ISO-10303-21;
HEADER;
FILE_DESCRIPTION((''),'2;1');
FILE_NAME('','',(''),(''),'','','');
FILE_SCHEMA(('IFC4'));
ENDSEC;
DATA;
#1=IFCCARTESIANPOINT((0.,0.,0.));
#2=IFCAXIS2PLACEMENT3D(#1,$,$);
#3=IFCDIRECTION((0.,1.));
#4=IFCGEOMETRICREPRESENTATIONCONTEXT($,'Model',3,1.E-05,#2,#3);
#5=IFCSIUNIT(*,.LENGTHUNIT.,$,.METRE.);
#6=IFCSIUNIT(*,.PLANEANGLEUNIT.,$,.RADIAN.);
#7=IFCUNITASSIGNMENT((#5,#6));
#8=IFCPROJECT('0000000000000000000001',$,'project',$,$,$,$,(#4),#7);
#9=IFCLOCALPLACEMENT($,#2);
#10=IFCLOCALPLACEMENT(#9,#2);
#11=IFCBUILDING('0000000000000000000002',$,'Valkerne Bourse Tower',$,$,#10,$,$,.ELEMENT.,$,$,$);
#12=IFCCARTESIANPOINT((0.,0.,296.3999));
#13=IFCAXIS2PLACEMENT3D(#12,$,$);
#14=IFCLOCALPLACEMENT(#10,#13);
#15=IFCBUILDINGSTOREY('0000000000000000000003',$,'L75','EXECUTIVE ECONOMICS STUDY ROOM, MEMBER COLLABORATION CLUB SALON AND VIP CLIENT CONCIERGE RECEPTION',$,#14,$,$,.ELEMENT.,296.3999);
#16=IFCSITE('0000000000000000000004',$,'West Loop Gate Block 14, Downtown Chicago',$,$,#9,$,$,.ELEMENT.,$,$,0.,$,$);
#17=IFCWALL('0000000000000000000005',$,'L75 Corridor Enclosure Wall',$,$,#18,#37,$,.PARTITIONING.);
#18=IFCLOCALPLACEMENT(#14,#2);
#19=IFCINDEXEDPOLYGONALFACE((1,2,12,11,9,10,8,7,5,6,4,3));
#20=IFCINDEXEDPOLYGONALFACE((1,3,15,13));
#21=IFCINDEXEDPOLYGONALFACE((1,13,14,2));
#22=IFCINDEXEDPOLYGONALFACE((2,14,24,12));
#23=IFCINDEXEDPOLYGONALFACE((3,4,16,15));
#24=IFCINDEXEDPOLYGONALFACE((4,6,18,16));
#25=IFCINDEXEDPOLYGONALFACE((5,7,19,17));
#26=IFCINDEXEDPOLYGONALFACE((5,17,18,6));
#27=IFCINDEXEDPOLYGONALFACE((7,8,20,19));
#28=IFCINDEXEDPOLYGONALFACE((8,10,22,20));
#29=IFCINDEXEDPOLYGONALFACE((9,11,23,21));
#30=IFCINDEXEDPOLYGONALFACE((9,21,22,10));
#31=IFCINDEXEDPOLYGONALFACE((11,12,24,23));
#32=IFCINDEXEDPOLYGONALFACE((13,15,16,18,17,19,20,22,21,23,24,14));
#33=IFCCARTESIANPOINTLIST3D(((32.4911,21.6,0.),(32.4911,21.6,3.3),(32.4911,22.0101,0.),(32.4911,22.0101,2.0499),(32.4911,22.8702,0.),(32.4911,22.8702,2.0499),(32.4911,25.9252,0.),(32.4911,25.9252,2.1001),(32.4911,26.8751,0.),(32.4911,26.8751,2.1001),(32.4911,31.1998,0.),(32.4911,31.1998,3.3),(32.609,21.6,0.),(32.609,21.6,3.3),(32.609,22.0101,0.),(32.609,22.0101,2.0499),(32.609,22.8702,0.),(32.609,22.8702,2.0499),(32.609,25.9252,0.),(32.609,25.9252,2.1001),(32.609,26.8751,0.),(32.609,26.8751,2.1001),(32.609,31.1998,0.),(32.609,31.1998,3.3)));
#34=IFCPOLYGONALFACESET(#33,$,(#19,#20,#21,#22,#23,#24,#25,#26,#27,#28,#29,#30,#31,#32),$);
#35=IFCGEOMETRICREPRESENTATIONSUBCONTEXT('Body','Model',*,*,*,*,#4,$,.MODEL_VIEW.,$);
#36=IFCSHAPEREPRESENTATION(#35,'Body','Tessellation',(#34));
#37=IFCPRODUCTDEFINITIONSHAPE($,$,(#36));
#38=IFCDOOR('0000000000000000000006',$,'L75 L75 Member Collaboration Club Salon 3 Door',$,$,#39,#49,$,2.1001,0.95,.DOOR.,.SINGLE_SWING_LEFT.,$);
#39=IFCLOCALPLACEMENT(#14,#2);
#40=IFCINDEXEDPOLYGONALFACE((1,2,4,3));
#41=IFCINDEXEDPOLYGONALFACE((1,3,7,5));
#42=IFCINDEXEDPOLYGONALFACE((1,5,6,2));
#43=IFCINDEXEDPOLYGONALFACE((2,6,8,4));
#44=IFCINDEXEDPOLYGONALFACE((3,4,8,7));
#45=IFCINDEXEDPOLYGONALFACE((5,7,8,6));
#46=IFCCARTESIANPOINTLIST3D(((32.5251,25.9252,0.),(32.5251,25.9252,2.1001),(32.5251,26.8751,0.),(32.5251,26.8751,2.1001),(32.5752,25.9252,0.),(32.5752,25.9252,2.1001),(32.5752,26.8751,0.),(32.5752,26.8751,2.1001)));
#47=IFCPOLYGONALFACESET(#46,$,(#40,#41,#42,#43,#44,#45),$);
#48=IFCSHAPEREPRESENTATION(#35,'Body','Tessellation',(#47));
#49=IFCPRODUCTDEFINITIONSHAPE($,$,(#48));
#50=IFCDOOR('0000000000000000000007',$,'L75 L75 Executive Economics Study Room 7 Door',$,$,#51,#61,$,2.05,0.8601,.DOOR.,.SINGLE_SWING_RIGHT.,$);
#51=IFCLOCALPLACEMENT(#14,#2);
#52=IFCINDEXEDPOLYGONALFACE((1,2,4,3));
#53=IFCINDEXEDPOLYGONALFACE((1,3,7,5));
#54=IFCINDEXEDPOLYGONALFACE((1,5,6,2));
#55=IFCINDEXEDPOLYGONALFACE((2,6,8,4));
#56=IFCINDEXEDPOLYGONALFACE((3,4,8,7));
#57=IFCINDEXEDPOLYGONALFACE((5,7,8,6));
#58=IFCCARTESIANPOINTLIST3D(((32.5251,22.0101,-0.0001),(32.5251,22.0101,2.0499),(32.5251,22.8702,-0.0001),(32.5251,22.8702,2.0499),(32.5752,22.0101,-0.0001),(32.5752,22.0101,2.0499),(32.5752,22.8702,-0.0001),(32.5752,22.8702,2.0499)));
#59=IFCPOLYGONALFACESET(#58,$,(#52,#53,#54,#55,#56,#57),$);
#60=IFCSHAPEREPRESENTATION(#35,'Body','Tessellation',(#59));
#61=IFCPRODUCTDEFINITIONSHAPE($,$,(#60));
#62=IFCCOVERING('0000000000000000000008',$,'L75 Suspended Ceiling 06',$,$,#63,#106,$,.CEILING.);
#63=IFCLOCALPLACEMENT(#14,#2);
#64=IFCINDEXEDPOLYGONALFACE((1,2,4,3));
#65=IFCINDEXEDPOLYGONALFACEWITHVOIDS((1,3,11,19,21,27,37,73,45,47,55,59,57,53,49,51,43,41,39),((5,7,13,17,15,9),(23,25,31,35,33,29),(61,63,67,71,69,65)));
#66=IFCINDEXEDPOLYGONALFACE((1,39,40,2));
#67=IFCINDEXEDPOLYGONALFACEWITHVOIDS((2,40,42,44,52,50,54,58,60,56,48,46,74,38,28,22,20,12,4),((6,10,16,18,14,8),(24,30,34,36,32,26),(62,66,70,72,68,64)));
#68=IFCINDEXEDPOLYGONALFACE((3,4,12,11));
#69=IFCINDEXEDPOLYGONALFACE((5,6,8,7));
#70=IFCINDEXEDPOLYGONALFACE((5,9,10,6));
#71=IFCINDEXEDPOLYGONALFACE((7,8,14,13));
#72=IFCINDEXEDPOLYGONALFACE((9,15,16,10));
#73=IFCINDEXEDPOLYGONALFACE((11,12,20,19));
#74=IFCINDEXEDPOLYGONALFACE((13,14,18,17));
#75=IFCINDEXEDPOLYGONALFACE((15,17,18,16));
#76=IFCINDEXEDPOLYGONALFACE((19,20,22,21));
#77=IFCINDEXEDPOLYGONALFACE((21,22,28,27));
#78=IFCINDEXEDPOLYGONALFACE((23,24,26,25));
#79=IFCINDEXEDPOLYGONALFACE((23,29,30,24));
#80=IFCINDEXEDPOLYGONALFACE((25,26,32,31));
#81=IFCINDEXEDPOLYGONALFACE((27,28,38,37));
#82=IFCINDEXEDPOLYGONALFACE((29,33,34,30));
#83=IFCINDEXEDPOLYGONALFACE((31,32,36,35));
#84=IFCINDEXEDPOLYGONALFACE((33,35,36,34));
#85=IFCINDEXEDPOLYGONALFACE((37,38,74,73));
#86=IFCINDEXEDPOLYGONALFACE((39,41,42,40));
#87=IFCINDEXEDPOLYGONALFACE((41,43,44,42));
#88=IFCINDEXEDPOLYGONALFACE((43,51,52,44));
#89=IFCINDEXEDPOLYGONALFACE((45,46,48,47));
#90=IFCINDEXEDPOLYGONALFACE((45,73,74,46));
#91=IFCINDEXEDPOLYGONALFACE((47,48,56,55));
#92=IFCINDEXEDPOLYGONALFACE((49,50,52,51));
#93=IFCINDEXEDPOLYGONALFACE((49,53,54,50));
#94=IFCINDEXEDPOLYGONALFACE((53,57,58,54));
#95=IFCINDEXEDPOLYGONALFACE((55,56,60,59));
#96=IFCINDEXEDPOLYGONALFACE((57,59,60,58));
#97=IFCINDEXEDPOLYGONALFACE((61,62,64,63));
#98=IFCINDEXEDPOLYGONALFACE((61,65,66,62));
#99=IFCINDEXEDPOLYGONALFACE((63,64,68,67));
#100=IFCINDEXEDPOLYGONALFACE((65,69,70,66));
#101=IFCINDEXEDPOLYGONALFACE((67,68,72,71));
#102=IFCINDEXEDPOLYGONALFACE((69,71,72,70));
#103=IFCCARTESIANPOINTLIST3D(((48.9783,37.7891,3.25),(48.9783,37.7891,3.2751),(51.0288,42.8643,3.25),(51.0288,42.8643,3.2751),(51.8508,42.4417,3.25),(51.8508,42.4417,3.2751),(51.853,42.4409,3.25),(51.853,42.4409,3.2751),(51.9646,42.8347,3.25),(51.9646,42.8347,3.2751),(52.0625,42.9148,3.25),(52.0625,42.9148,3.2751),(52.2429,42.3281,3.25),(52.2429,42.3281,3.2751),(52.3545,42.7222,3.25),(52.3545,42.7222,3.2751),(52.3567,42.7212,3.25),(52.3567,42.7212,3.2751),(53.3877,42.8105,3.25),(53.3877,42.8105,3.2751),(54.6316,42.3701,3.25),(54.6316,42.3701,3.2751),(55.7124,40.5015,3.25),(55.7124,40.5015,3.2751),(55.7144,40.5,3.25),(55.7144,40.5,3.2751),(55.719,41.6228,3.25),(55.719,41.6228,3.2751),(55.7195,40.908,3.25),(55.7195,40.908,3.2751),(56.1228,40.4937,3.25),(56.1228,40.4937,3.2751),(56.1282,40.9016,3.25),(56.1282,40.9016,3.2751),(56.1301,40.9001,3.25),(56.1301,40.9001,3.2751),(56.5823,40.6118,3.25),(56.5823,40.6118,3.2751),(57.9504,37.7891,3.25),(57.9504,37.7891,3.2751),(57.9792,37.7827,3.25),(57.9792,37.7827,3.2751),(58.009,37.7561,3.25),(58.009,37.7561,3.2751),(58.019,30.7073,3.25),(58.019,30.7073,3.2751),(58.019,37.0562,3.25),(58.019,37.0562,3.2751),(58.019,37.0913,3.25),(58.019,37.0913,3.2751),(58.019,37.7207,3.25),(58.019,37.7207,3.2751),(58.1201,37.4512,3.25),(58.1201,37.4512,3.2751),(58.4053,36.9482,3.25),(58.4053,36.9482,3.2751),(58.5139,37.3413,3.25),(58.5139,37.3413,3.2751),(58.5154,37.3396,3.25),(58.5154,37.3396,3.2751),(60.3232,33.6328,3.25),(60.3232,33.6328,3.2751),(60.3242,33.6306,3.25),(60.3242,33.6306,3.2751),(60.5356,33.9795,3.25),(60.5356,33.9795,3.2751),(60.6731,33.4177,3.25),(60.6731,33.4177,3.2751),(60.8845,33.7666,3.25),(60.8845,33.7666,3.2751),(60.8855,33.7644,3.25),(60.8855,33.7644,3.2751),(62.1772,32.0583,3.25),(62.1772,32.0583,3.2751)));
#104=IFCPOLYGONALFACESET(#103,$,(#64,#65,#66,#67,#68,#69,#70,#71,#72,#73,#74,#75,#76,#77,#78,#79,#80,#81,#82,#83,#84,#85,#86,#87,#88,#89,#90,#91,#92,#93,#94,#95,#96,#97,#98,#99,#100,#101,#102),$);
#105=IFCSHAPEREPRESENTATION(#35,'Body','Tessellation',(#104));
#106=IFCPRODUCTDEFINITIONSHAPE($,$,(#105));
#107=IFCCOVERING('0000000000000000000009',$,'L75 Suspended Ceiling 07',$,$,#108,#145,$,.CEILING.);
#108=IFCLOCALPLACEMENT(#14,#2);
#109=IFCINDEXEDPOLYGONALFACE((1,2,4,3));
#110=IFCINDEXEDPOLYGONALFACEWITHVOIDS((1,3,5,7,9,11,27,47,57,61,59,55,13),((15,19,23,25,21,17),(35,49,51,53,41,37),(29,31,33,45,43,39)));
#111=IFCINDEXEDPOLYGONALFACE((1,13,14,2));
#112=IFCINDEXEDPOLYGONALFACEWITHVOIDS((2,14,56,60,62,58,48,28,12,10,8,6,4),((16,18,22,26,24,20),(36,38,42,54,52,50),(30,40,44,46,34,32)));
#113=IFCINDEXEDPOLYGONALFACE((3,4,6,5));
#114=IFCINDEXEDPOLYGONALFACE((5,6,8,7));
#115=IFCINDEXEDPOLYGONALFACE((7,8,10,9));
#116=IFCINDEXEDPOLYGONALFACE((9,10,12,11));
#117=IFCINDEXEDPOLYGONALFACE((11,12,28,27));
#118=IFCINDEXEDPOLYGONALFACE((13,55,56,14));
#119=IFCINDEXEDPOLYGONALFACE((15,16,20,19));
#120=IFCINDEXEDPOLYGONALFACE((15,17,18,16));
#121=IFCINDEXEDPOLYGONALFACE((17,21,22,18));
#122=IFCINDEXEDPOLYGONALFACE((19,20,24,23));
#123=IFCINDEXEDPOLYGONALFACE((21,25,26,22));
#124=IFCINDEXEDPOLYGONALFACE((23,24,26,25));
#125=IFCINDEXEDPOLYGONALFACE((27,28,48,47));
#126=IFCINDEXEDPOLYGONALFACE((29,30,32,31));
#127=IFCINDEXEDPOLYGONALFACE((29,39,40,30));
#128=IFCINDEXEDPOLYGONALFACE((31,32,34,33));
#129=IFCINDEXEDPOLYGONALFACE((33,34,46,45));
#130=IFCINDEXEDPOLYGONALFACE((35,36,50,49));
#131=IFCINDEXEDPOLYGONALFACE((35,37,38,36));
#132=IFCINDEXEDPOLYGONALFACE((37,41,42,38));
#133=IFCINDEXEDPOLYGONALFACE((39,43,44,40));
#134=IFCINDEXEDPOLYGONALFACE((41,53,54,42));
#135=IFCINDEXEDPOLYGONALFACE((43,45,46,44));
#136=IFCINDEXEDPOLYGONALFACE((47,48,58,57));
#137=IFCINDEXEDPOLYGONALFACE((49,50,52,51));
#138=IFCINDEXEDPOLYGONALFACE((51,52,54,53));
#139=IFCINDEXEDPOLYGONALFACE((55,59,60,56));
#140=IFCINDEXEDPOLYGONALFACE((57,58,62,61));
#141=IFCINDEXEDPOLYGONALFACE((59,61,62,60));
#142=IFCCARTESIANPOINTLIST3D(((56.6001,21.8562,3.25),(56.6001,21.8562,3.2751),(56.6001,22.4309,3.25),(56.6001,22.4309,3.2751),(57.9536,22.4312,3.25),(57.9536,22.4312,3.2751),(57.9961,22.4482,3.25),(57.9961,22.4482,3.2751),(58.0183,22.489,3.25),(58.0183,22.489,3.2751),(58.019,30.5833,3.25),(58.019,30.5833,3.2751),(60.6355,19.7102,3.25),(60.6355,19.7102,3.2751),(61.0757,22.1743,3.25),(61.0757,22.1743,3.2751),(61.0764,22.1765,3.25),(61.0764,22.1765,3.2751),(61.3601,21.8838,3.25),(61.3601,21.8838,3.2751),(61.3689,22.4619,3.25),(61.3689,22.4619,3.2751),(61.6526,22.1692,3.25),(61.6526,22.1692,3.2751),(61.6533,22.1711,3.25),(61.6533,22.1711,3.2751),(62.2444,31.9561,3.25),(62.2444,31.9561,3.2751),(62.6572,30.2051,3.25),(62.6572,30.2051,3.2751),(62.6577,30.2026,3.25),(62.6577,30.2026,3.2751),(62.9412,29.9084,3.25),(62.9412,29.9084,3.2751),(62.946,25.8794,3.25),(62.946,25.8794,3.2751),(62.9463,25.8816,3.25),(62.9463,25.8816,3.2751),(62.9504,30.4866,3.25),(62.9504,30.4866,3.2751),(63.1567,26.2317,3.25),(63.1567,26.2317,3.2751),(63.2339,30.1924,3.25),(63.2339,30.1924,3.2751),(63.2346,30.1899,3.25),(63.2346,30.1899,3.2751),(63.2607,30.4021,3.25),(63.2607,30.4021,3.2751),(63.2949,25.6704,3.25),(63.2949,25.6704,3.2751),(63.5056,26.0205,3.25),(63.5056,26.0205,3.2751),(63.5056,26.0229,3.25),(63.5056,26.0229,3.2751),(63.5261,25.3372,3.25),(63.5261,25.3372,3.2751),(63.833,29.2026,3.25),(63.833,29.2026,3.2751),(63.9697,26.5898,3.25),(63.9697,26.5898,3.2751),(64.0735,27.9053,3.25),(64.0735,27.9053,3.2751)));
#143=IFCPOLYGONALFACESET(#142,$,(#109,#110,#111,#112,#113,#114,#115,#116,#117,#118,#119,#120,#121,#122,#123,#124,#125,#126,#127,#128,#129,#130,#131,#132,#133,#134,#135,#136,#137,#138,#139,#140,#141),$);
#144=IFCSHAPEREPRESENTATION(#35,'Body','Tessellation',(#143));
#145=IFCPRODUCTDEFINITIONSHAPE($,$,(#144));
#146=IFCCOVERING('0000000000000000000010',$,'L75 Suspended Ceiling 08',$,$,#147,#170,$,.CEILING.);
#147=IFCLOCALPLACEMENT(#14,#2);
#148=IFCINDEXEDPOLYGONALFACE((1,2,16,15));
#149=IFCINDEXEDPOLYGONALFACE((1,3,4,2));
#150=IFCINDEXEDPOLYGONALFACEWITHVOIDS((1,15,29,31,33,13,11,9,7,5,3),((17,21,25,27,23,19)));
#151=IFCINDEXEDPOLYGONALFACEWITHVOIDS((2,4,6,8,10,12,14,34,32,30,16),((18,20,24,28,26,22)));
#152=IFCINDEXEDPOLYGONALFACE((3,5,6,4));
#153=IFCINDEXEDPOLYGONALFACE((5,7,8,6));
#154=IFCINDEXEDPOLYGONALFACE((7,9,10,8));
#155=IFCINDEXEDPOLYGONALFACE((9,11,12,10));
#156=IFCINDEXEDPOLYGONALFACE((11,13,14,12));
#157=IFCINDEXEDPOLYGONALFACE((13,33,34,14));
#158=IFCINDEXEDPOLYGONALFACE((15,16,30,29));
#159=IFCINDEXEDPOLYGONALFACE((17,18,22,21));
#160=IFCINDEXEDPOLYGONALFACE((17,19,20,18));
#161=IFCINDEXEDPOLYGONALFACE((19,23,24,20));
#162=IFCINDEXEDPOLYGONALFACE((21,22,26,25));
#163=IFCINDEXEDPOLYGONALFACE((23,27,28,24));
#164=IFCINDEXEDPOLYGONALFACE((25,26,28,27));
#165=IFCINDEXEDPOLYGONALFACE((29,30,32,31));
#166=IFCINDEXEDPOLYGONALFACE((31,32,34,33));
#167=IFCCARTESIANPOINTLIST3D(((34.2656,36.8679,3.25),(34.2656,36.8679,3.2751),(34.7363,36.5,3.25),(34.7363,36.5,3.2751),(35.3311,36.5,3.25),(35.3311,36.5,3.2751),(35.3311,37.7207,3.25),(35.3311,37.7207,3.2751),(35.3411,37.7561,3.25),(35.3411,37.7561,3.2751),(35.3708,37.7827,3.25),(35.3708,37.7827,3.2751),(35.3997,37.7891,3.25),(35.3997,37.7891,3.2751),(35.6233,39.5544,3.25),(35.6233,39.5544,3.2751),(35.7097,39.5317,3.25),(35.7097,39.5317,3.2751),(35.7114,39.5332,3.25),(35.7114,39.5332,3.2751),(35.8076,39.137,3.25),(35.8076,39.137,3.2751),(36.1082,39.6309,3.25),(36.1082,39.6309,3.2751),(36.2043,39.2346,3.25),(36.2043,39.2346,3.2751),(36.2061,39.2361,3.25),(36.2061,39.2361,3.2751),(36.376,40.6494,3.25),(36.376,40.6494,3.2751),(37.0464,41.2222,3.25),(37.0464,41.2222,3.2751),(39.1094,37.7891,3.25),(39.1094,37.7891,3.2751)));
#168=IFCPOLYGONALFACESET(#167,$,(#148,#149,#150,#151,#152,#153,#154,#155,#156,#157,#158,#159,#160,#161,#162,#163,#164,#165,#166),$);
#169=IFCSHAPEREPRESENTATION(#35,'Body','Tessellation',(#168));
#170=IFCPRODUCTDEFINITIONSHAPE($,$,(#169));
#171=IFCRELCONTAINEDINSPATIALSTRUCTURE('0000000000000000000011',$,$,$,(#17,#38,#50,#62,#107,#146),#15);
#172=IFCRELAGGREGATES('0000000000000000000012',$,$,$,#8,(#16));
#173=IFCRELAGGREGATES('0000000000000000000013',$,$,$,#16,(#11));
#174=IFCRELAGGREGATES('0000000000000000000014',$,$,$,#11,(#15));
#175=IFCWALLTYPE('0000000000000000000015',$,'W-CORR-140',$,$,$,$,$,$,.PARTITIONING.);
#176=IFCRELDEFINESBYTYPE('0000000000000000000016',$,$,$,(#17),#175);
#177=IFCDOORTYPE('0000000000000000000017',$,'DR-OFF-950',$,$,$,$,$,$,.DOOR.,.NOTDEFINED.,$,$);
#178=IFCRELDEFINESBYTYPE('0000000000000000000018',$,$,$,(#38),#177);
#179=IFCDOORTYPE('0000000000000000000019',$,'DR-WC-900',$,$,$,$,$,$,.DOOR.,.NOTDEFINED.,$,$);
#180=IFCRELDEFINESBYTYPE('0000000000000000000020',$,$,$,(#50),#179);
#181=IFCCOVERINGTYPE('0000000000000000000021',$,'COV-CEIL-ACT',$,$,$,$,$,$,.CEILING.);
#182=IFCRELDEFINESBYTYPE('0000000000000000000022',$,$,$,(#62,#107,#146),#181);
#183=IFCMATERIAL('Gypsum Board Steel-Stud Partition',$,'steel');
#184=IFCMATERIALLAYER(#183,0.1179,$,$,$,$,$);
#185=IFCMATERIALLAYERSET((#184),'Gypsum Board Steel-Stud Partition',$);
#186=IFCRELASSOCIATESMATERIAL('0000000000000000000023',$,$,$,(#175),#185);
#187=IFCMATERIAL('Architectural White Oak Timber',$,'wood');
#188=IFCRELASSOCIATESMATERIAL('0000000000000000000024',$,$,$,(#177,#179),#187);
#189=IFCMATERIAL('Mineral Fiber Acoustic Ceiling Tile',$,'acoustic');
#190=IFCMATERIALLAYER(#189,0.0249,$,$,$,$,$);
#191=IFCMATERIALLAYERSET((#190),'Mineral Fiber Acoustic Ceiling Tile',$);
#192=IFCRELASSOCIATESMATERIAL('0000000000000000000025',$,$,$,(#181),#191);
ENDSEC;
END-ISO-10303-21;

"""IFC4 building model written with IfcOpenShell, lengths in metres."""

from ifc_helpers import new_model, si_unit, direction, frame, frame_2d, origin, place, context, subcontext, project, spatial, polyline, rectangle, outline, extrude, material, layer, layer_set, type_object, element, fill, save


model = new_model("IFC4")

# Units and contexts
model_context = context("Model", 3, precision=1e-05, world=origin(), true_north=direction((0.0, 1.0)))
body_context = subcontext(model_context, "Body", "Model", "MODEL_VIEW")
ifc_project = project(units=[si_unit("LENGTHUNIT", "METRE"), si_unit("PLANEANGLEUNIT", "RADIAN")], contexts=[model_context])

# Site, building, storey
site_placement = place(None, origin())
site = spatial("IfcSite", under=ifc_project, at=site_placement, Name="West Loop Gate Block 14, Downtown Chicago", CompositionType="ELEMENT", RefElevation=0.0)
building_placement = place(site_placement, origin())
building = spatial("IfcBuilding", under=site, at=building_placement, Name="Valkerne Bourse Tower", CompositionType="ELEMENT")
storey_placement = place(building_placement, frame((0.0, 0.0, 296.3999)))
storey = spatial("IfcBuildingStorey", under=building, at=storey_placement, Name="L75", Description="EXECUTIVE ECONOMICS STUDY ROOM, MEMBER COLLABORATION CLUB SALON AND VIP CLIENT CONCIERGE RECEPTION", CompositionType="ELEMENT", Elevation=296.3999)

# Wall, openings, doors
ifc_material_1 = material(Name="Gypsum Board Steel-Stud Partition", Category="steel")
ifc_layer_1 = layer(ifc_material_1, 0.1179)
ifc_layer_set_1 = layer_set([ifc_layer_1], Name="Gypsum Board Steel-Stud Partition")
wall_type = type_object("IfcWallType", Name="W-CORR-140", PredefinedType="PARTITIONING", material=ifc_layer_set_1)
wall_placement = place(storey_placement, frame((32.55, 21.6001, 0.0), z_axis=(0.0, 0.0, 1.0), x_axis=(0.0, 1.0, 0.0)))
wall = element("IfcWall", 1, at=wall_placement, inside=storey, type_object=wall_type, Name="L75 Corridor Enclosure Wall", PredefinedType="PARTITIONING", context=body_context, shape_type="SweptSolid", body=[
    extrude(rectangle(XDim=9.5999, YDim=0.1179, at=frame_2d((4.7998, 0.0))), origin(), (0.0, 0.0, 1.0), 3.3),
])
opening_1_placement = place(wall_placement, frame((4.325, 0.0, 0.0)))
opening_1 = element("IfcOpeningElement", 2, at=opening_1_placement, cuts=wall, PredefinedType="OPENING", context=body_context, shape_type="SweptSolid", body=[
    extrude(rectangle(XDim=0.95, YDim=2.1001, at=frame_2d((0.4751, 1.05))), frame((0.0, 0.0688, 0.0), z_axis=(0.0, -1.0, 0.0), x_axis=(1.0, 0.0, 0.0)), (0.0, 0.0, 1.0), 0.1379),
])
opening_2_placement = place(wall_placement, frame((0.4099, 0.0, 0.0)))
opening_2 = element("IfcOpeningElement", 3, at=opening_2_placement, cuts=wall, PredefinedType="OPENING", context=body_context, shape_type="SweptSolid", body=[
    extrude(rectangle(XDim=0.8601, YDim=2.05, at=frame_2d((0.4302, 1.0249))), frame((0.0, 0.0688, 0.0), z_axis=(0.0, -1.0, 0.0), x_axis=(1.0, 0.0, 0.0)), (0.0, 0.0, 1.0), 0.1379),
])
ifc_material_2 = material(Name="Architectural White Oak Timber", Category="wood")
door_type_1 = type_object("IfcDoorType", Name="DR-OFF-950", OperationType="NOTDEFINED", PredefinedType="DOOR", material=ifc_material_2)
door_1_placement = place(opening_1_placement, origin())
door_1 = element("IfcDoor", 4, at=door_1_placement, inside=storey, type_object=door_type_1, Name="L75 L75 Member Collaboration Club Salon 3 Door", OperationType="SINGLE_SWING_LEFT", OverallHeight=2.1001, OverallWidth=0.95, PredefinedType="DOOR", context=body_context, shape_type="SweptSolid", body=[
    extrude(rectangle(XDim=0.95, YDim=2.1001, at=frame_2d((0.4751, 1.05))), frame((0.0, 0.0249, 0.0), z_axis=(0.0, -1.0, 0.0), x_axis=(1.0, 0.0, 0.0)), (0.0, 0.0, 1.0), 0.05),
])
fill(opening_1, door_1)
door_type_2 = type_object("IfcDoorType", Name="DR-WC-900", OperationType="NOTDEFINED", PredefinedType="DOOR", material=ifc_material_2)
door_2_placement = place(opening_2_placement, origin())
door_2 = element("IfcDoor", 5, at=door_2_placement, inside=storey, type_object=door_type_2, Name="L75 L75 Executive Economics Study Room 7 Door", OperationType="SINGLE_SWING_RIGHT", OverallHeight=2.05, OverallWidth=0.8601, PredefinedType="DOOR", context=body_context, shape_type="SweptSolid", body=[
    extrude(rectangle(XDim=0.8601, YDim=2.05, at=frame_2d((0.4302, 1.0249))), frame((0.0, 0.0249, 0.0), z_axis=(0.0, -1.0, 0.0), x_axis=(1.0, 0.0, 0.0)), (0.0, 0.0, 1.0), 0.05),
])
fill(opening_2, door_2)

# Coverings
ifc_material_3 = material(Name="Mineral Fiber Acoustic Ceiling Tile", Category="acoustic")
ifc_layer_2 = layer(ifc_material_3, 0.0249)
ifc_layer_set_2 = layer_set([ifc_layer_2], Name="Mineral Fiber Acoustic Ceiling Tile")
covering_type_1 = type_object("IfcCoveringType", Name="COV-CEIL-ACT", PredefinedType="CEILING", material=ifc_layer_set_2)
covering_1_placement = place(storey_placement, frame((0.0, 0.0, 3.25)))
element("IfcCovering", 6, at=covering_1_placement, inside=storey, type_object=covering_type_1, Name="L75 Suspended Ceiling 06", PredefinedType="CEILING", context=body_context, shape_type="SweptSolid", body=[
    extrude(outline(polyline([(54.6316, 42.3701), (55.719, 41.6228), (56.5823, 40.6118), (62.1772, 32.0583), (58.019, 30.7073), (58.019, 37.0562), (58.4053, 36.9482), (58.5154, 37.3396), (58.5139, 37.3413), (58.1201, 37.4512), (58.019, 37.0913), (58.019, 37.7207), (58.009, 37.7561), (57.9792, 37.7827), (57.9504, 37.7891), (48.9783, 37.7891), (51.0288, 42.8643), (52.0625, 42.9148), (53.3877, 42.8105), (54.6316, 42.3701)]), holes=[polyline([(60.8845, 33.7666), (60.5356, 33.9795), (60.3232, 33.6328), (60.3242, 33.6306), (60.6731, 33.4177), (60.8855, 33.7644), (60.8845, 33.7666)]), polyline([(56.1282, 40.9016), (55.7195, 40.908), (55.7124, 40.5015), (55.7144, 40.5), (56.1228, 40.4937), (56.1301, 40.9001), (56.1282, 40.9016)]), polyline([(52.3567, 42.7212), (52.3545, 42.7222), (51.9646, 42.8347), (51.8508, 42.4417), (51.853, 42.4409), (52.2429, 42.3281), (52.3567, 42.7212)])]), origin(), (0.0, 0.0, 1.0), 0.0251),
])
covering_2_placement = place(storey_placement, frame((0.0, 0.0, 3.25)))
element("IfcCovering", 7, at=covering_2_placement, inside=storey, type_object=covering_type_1, Name="L75 Suspended Ceiling 07", PredefinedType="CEILING", context=body_context, shape_type="SweptSolid", body=[
    extrude(outline(polyline([(63.9697, 26.5898), (63.5261, 25.3372), (60.6355, 19.7102), (56.6001, 21.8562), (56.6001, 22.4309), (57.9536, 22.4312), (57.9961, 22.4482), (58.0183, 22.489), (58.019, 30.5833), (62.2444, 31.9561), (63.2607, 30.4021), (63.833, 29.2026), (64.0735, 27.9053), (63.9697, 26.5898)]), holes=[polyline([(61.6533, 22.1711), (61.3689, 22.4619), (61.0764, 22.1765), (61.0757, 22.1743), (61.3601, 21.8838), (61.6526, 22.1692), (61.6533, 22.1711)]), polyline([(63.5056, 26.0205), (63.5056, 26.0229), (63.1567, 26.2317), (62.9463, 25.8816), (62.946, 25.8794), (63.2949, 25.6704), (63.5056, 26.0205)]), polyline([(63.2339, 30.1924), (62.9504, 30.4866), (62.6572, 30.2051), (62.6577, 30.2026), (62.9412, 29.9084), (63.2346, 30.1899), (63.2339, 30.1924)])]), origin(), (0.0, 0.0, 1.0), 0.0251),
])
covering_3_placement = place(storey_placement, frame((0.0, 0.0, 3.25)))
element("IfcCovering", 8, at=covering_3_placement, inside=storey, type_object=covering_type_1, Name="L75 Suspended Ceiling 08", PredefinedType="CEILING", context=body_context, shape_type="SweptSolid", body=[
    extrude(outline(polyline([(37.0464, 41.2222), (39.1094, 37.7891), (35.3997, 37.7891), (35.3708, 37.7827), (35.3411, 37.7561), (35.3311, 37.7207), (35.3311, 36.5), (34.7363, 36.5), (34.2656, 36.8679), (35.6233, 39.5544), (36.376, 40.6494), (37.0464, 41.2222)]), holes=[polyline([(36.2043, 39.2346), (36.2061, 39.2361), (36.1082, 39.6309), (35.7114, 39.5332), (35.7097, 39.5317), (35.8076, 39.137), (36.2043, 39.2346)])]), origin(), (0.0, 0.0, 1.0), 0.0251),
])

save(model, "model.ifc")
